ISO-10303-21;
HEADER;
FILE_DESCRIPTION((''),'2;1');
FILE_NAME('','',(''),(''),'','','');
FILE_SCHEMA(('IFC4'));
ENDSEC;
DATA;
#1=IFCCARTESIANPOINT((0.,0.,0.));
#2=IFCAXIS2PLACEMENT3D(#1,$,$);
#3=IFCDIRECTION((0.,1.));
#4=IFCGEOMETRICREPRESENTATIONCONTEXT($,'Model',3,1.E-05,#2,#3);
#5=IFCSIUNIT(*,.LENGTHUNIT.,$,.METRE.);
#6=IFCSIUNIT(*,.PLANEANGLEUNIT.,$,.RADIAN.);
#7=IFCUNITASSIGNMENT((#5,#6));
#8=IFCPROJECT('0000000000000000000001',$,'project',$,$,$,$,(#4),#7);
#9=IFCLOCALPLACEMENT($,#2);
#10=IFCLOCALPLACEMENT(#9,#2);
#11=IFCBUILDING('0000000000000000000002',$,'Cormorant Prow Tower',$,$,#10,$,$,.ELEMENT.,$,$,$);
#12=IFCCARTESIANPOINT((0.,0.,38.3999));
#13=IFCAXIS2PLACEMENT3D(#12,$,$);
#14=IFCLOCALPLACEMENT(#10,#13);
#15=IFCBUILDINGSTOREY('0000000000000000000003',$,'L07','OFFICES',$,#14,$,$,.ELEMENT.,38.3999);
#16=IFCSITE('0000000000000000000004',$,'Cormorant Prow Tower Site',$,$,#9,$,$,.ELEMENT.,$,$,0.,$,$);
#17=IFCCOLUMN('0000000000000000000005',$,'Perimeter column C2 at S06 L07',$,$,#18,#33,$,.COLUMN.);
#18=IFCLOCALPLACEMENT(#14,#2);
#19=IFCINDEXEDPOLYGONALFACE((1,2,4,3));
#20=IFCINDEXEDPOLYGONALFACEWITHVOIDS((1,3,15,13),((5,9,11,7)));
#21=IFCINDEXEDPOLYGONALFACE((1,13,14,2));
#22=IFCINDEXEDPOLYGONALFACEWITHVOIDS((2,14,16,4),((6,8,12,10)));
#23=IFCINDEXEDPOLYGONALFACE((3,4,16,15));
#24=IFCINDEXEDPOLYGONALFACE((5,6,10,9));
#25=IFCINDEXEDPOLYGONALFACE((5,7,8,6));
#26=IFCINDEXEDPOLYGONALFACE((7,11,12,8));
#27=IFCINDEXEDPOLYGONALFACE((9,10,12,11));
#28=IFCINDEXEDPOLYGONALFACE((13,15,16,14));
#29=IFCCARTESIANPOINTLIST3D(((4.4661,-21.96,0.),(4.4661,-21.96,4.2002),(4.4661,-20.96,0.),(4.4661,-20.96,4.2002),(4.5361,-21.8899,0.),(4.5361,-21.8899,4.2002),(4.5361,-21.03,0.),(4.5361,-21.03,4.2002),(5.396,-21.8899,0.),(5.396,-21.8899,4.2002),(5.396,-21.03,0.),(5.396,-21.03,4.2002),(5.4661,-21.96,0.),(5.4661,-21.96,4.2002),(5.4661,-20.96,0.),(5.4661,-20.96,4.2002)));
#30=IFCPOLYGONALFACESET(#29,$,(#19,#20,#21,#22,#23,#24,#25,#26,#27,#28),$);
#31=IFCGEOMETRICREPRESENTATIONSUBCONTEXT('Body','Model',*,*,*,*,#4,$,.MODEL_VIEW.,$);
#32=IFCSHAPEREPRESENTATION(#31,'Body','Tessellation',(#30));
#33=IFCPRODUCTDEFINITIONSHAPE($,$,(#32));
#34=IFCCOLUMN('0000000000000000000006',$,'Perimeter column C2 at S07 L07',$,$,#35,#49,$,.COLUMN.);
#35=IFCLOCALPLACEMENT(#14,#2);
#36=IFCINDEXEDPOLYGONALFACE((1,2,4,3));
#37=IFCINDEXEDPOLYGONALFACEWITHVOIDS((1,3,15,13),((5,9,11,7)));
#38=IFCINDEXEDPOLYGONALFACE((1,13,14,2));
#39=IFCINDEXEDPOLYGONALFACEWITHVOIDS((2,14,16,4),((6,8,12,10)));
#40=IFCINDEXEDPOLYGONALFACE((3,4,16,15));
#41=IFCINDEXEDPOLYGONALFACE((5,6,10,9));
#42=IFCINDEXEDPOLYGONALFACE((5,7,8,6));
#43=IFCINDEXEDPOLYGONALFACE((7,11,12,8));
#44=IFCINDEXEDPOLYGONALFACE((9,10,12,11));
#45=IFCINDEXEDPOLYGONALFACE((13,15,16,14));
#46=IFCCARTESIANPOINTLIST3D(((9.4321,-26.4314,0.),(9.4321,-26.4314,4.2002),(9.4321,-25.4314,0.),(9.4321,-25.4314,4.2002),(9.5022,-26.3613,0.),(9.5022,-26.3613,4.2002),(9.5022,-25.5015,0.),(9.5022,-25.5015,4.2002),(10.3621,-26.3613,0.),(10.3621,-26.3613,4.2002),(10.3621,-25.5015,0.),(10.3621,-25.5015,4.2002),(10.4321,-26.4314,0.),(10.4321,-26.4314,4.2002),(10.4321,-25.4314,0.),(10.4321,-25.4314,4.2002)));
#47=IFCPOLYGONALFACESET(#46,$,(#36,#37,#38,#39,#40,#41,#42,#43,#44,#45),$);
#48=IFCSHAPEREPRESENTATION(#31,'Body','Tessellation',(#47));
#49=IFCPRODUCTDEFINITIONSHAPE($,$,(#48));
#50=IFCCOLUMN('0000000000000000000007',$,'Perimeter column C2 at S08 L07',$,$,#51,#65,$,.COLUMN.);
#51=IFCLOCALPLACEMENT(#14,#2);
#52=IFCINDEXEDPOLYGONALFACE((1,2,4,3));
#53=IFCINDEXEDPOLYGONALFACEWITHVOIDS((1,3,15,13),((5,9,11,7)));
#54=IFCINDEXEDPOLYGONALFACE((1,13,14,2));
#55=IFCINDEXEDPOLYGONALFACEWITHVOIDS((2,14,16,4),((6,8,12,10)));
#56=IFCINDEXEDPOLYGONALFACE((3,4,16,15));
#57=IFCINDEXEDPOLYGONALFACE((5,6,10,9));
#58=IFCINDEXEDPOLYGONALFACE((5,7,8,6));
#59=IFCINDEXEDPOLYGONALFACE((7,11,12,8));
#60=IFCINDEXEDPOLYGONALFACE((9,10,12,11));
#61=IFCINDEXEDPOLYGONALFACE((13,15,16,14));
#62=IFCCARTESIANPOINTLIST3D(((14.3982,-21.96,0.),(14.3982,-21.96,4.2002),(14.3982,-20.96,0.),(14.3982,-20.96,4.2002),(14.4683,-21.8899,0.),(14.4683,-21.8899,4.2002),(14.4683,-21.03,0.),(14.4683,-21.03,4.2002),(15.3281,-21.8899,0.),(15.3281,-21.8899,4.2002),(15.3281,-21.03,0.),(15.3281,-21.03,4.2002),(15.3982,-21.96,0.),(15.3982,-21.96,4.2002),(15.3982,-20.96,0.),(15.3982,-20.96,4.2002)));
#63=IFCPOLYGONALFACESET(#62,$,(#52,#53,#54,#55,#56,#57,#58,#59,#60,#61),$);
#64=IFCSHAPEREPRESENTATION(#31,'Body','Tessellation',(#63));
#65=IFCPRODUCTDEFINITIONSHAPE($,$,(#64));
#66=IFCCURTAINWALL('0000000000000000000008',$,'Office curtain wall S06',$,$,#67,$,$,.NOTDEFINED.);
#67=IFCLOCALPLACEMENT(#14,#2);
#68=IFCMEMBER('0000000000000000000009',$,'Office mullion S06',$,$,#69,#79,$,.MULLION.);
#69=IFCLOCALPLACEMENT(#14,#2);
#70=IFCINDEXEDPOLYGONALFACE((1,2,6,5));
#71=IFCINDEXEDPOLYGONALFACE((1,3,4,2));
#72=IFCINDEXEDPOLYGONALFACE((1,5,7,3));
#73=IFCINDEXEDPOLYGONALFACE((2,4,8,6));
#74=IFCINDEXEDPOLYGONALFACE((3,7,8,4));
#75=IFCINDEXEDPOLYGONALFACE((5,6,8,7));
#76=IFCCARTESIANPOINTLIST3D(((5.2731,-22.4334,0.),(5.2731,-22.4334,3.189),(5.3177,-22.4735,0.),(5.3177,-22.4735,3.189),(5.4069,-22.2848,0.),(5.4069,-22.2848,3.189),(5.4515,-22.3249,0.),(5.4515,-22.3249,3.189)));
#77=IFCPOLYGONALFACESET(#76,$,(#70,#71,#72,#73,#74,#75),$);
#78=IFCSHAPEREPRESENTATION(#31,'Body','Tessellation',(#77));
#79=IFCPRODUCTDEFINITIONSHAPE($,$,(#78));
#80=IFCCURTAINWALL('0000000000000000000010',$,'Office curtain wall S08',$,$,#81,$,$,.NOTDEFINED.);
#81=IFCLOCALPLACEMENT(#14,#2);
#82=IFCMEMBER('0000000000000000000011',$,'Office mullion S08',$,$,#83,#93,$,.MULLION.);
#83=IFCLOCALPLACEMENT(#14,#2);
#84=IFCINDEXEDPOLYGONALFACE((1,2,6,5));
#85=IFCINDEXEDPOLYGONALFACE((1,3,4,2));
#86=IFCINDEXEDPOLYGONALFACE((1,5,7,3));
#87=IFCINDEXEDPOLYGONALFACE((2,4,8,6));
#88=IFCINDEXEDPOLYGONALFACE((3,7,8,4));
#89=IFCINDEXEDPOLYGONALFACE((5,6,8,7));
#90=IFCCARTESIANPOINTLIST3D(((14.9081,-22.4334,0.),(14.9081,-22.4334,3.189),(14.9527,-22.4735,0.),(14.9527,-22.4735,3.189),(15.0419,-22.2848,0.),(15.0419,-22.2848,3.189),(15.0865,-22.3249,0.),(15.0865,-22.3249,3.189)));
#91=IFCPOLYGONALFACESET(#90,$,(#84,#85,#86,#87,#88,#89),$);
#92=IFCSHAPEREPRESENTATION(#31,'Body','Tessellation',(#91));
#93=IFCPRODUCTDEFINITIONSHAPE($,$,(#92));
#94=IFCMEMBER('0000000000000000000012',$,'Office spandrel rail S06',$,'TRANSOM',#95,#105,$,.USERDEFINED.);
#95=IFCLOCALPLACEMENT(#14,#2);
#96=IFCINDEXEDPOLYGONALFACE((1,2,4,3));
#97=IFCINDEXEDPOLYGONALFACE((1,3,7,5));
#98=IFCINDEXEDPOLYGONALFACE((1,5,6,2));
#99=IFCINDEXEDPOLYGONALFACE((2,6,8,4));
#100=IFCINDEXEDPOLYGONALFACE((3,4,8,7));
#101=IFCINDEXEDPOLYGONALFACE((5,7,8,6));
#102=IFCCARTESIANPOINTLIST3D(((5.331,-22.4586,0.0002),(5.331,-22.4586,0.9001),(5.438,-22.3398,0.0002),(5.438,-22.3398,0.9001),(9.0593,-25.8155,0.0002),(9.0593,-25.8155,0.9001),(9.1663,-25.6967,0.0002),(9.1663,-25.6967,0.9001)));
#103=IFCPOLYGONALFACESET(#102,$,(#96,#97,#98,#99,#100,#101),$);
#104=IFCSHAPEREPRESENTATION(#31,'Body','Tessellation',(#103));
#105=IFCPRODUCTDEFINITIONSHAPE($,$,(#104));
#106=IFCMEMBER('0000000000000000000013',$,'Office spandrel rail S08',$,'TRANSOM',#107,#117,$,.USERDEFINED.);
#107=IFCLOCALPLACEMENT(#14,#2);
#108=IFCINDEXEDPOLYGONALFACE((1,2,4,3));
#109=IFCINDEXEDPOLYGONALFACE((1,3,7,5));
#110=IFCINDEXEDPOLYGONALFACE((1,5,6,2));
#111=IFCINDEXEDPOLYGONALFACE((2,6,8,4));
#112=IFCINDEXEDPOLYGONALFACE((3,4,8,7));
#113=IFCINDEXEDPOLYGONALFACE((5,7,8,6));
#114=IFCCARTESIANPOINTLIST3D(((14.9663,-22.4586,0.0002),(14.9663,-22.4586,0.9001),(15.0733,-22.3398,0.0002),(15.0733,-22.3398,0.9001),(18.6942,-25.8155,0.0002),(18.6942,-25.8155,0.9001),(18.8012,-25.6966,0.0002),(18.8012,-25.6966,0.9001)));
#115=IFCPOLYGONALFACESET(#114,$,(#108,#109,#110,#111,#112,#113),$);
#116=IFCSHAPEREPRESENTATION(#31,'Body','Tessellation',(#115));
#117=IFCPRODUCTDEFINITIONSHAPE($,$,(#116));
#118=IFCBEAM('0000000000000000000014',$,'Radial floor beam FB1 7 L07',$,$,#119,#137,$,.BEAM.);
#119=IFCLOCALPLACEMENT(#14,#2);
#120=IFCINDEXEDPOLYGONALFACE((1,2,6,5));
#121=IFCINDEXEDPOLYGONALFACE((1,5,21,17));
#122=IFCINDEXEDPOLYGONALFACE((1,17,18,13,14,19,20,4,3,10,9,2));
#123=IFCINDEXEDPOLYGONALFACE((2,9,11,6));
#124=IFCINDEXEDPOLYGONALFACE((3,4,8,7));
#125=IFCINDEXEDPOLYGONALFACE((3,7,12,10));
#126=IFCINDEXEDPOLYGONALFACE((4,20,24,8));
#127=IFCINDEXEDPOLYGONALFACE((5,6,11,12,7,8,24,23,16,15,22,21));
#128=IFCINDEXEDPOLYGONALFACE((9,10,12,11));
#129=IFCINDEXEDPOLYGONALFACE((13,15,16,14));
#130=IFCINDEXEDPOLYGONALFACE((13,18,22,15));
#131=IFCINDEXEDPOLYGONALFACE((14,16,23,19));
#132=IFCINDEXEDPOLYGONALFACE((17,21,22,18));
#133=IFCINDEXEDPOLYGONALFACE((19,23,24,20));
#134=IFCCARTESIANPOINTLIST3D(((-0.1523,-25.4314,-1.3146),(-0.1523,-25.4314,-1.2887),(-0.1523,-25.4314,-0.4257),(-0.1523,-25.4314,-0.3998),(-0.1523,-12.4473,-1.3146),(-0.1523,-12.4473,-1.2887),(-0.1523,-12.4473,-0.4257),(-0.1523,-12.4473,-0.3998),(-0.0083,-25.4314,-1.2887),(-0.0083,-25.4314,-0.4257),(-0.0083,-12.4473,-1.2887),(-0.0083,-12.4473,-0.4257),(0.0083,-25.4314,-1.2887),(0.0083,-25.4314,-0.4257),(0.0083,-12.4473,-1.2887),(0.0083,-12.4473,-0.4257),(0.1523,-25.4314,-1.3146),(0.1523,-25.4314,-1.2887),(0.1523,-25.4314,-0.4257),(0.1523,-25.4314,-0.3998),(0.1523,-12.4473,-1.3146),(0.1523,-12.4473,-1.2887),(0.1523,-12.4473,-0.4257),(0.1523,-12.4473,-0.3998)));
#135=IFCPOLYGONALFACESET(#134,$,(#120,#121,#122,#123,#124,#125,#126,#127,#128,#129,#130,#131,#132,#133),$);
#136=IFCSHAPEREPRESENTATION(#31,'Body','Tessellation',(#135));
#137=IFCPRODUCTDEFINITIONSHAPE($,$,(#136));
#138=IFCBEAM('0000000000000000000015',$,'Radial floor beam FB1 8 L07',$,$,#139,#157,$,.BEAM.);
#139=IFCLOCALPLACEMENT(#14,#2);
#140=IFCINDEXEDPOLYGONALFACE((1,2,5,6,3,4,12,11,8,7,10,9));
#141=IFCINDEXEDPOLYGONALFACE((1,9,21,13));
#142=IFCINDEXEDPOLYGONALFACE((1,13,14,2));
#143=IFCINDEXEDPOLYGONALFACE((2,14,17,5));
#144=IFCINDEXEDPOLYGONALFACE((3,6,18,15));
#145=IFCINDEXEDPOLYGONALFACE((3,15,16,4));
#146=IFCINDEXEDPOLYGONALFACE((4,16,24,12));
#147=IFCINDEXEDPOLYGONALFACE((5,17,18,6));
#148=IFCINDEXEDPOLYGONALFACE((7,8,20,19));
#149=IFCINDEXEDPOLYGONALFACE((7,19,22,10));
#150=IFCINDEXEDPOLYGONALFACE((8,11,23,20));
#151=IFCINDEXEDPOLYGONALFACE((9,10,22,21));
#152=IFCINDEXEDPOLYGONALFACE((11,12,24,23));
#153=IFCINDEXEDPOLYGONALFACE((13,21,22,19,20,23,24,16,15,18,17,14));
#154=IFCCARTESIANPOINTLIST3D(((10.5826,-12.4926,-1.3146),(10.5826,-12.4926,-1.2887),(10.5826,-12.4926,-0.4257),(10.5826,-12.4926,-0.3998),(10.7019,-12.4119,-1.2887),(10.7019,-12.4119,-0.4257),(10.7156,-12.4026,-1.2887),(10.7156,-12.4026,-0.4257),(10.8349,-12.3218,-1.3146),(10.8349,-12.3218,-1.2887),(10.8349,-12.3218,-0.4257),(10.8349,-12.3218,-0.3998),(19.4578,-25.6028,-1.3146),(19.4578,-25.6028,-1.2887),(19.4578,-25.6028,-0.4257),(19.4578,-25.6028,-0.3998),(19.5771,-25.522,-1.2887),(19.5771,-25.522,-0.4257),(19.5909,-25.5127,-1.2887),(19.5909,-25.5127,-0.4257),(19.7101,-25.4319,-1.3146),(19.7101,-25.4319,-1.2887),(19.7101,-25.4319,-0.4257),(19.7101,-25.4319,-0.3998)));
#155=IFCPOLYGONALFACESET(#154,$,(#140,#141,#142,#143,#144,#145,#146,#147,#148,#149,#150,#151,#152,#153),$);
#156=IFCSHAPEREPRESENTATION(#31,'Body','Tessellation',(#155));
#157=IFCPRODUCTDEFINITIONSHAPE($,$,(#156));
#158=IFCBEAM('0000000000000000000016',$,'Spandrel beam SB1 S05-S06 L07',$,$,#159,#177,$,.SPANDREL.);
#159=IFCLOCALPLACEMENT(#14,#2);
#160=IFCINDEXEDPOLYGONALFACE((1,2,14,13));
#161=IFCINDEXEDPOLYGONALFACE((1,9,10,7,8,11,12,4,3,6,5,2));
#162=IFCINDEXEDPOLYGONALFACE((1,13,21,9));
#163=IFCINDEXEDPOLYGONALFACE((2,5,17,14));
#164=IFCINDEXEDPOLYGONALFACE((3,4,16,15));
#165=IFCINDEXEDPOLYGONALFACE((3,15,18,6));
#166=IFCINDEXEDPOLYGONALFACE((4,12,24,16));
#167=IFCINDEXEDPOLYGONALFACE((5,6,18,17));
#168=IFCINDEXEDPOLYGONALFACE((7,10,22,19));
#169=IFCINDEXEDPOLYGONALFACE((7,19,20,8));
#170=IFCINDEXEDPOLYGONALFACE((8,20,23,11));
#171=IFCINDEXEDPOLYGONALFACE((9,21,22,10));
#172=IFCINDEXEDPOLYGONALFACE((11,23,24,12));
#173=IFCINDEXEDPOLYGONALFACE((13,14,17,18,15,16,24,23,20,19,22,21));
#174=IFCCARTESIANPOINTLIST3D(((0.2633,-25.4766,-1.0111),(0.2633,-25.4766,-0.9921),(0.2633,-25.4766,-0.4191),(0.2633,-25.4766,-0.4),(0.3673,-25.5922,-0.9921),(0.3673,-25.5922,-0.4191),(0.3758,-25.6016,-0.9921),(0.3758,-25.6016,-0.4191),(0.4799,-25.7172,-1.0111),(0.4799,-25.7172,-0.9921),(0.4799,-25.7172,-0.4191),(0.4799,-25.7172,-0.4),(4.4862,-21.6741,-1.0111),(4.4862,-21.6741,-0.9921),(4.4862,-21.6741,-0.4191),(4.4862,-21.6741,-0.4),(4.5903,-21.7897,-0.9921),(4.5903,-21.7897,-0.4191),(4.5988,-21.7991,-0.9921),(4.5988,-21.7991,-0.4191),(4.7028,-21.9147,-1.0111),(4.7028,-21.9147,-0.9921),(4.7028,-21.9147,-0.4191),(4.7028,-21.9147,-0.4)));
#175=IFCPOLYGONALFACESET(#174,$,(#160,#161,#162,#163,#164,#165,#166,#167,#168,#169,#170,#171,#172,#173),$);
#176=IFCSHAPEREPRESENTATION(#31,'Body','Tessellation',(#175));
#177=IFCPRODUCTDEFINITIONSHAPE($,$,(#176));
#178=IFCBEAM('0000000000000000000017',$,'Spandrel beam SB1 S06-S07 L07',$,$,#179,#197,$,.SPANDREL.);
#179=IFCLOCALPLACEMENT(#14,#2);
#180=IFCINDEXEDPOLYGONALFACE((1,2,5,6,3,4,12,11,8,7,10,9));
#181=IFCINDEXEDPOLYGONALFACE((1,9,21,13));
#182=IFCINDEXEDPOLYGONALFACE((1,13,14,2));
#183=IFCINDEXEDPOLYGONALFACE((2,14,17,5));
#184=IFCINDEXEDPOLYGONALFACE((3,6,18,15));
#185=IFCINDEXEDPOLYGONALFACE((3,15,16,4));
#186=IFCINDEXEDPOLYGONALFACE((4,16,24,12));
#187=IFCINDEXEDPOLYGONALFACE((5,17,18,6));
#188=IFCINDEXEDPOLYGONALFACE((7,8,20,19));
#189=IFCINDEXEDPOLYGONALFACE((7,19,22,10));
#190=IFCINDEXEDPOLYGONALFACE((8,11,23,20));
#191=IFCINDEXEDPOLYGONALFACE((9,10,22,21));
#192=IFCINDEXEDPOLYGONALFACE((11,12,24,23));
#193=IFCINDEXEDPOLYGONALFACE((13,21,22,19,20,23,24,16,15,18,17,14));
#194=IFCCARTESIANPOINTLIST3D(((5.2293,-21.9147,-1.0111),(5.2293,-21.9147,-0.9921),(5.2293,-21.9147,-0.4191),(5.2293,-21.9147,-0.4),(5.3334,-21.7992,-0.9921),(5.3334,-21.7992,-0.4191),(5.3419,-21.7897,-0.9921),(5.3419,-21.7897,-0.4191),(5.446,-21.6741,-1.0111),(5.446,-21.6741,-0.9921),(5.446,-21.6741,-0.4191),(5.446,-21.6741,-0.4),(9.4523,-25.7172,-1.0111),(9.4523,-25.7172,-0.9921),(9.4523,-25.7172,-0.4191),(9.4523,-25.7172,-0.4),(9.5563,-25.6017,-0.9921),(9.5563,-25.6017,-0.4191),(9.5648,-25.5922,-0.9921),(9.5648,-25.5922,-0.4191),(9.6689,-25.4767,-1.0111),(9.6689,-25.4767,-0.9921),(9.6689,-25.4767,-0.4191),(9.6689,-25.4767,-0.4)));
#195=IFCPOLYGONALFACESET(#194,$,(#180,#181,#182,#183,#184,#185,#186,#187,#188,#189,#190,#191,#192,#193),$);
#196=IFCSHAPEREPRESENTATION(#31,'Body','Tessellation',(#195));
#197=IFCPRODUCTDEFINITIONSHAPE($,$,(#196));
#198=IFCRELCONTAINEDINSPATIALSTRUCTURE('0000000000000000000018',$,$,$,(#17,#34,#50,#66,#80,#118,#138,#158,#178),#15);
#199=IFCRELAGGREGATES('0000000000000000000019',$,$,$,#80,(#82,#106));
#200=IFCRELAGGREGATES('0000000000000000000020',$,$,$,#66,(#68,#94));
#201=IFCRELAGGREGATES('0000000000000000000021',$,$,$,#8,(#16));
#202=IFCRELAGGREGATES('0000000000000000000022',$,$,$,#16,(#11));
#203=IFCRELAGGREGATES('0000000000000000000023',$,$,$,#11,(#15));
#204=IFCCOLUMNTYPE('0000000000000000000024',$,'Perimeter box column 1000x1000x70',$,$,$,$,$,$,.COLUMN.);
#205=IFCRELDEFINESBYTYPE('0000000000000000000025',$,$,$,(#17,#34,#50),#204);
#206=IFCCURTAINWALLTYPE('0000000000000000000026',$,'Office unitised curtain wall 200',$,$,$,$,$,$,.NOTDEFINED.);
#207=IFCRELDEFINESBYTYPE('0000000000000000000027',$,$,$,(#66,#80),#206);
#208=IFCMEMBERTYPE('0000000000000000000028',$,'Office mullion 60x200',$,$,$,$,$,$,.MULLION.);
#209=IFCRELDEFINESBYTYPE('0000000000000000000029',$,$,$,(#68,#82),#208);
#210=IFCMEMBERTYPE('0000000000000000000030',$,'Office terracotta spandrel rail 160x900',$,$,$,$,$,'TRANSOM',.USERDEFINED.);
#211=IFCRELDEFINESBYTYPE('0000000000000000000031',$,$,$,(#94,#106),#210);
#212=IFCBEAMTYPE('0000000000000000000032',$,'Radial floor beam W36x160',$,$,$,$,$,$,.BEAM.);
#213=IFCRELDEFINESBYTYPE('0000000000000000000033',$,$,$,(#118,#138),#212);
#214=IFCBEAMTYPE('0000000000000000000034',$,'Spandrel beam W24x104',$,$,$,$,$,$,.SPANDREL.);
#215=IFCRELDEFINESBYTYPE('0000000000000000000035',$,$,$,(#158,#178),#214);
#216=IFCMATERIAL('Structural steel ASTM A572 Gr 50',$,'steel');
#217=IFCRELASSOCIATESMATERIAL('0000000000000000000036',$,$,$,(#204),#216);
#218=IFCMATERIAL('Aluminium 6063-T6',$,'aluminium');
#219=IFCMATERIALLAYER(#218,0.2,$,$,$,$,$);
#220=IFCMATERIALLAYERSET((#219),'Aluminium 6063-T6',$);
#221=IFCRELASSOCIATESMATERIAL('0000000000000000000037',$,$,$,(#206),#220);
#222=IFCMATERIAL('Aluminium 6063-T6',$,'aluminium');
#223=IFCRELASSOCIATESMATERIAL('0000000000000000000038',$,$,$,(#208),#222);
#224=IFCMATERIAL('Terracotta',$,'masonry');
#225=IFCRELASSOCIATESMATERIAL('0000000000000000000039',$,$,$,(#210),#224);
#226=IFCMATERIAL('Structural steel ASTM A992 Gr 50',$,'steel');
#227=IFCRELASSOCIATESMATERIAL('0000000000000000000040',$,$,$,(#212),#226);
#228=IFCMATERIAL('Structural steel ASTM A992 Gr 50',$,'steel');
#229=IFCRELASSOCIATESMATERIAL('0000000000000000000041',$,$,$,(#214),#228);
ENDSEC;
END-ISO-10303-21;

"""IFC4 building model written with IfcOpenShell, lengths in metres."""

from ifc_helpers import new_model, si_unit, direction, frame, origin, origin_2d, place, context, subcontext, project, spatial, rectangle, hollow_rectangle, i_section, extrude, material, layer, layer_set, material_profile, profile_set, type_object, element, aggregate, save


model = new_model("IFC4")

# Units and contexts
model_context = context("Model", 3, precision=1e-05, world=origin(), true_north=direction((0.0, 1.0)))
body_context = subcontext(model_context, "Body", "Model", "MODEL_VIEW")
ifc_project = project(units=[si_unit("LENGTHUNIT", "METRE"), si_unit("PLANEANGLEUNIT", "RADIAN")], contexts=[model_context])

# Site, building, storey
site_placement = place(None, origin())
site = spatial("IfcSite", under=ifc_project, at=site_placement, Name="Cormorant Prow Tower Site", CompositionType="ELEMENT", RefElevation=0.0)
building_placement = place(site_placement, origin())
building = spatial("IfcBuilding", under=site, at=building_placement, Name="Cormorant Prow Tower", CompositionType="ELEMENT")
storey_placement = place(building_placement, frame((0.0, 0.0, 38.3999)))
storey = spatial("IfcBuildingStorey", under=building, at=storey_placement, Name="L07", Description="OFFICES", CompositionType="ELEMENT", Elevation=38.3999)

# Columns
ifc_material_1 = material(Name="Structural steel ASTM A572 Gr 50", Category="steel")
ifc_material_profile_1 = material_profile(ifc_material_1, hollow_rectangle(XDim=1.0, YDim=1.0, WallThickness=0.0701, at=origin_2d()), Name="Box 1000x1000x70")
ifc_profile_set_1 = profile_set([ifc_material_profile_1], Name="Structural steel ASTM A572 Gr 50")
column_type = type_object("IfcColumnType", Name="Perimeter box column 1000x1000x70", PredefinedType="COLUMN", material=ifc_profile_set_1)
for number, where, z_axis, x_axis, name in (
    (1, (4.9661, -21.46, 0.0), (0.0, 0.0, 1.0), (1.0, 0.0, 0.0), "Perimeter column C2 at S06 L07"),
    (2, (9.9321, -25.9314, 0.0), (0.0, 0.0, 1.0), (1.0, 0.0, 0.0), "Perimeter column C2 at S07 L07"),
    (3, (14.8982, -21.46, 0.0), (0.0, 0.0, 1.0), (1.0, 0.0, 0.0), "Perimeter column C2 at S08 L07"),
):
    element("IfcColumn", number, at=place(storey_placement, frame(where, z_axis=z_axis, x_axis=x_axis)), inside=storey, type_object=column_type, Name=name, PredefinedType="COLUMN", context=body_context, shape_type="SweptSolid", body=[
        extrude(hollow_rectangle(XDim=1.0, YDim=1.0, WallThickness=0.0701, at=origin_2d()), origin(), (0.0, 0.0, 1.0), 4.2002),
    ])

# Curtain walls, members
ifc_material_2 = material(Name="Aluminium 6063-T6", Category="aluminium")
ifc_layer_1 = layer(ifc_material_2, 0.2)
ifc_layer_set_1 = layer_set([ifc_layer_1], Name="Aluminium 6063-T6")
curtain_wall_type = type_object("IfcCurtainWallType", Name="Office unitised curtain wall 200", PredefinedType="NOTDEFINED", material=ifc_layer_set_1)
curtain_wall_1_placement = place(storey_placement, origin())
curtain_wall_1 = element("IfcCurtainWall", 4, at=curtain_wall_1_placement, inside=storey, type_object=curtain_wall_type, Name="Office curtain wall S06", PredefinedType="NOTDEFINED")
ifc_material_3 = material(Name="Aluminium 6063-T6", Category="aluminium")
ifc_material_profile_2 = material_profile(ifc_material_3, rectangle(XDim=0.2, YDim=0.0601, at=origin_2d()), Name="Office mullion 60x200")
ifc_profile_set_2 = profile_set([ifc_material_profile_2], Name="Aluminium 6063-T6")
member_type_1 = type_object("IfcMemberType", Name="Office mullion 60x200", PredefinedType="MULLION", material=ifc_profile_set_2)
member_1_placement = place(storey_placement, frame((5.3623, -22.3792, 0.0), z_axis=(0.0, 0.0, 1.0), x_axis=(0.669131, 0.743145, 0.0)))
member_1 = element("IfcMember", 5, at=member_1_placement, type_object=member_type_1, Name="Office mullion S06", PredefinedType="MULLION", context=body_context, shape_type="SweptSolid", body=[
    extrude(rectangle(XDim=0.2, YDim=0.0601, at=origin_2d()), origin(), (0.0, 0.0, 1.0), 3.189),
])
curtain_wall_2_placement = place(storey_placement, origin())
curtain_wall_2 = element("IfcCurtainWall", 6, at=curtain_wall_2_placement, inside=storey, type_object=curtain_wall_type, Name="Office curtain wall S08", PredefinedType="NOTDEFINED")
member_2_placement = place(storey_placement, frame((14.9973, -22.3792, 0.0), z_axis=(0.0, 0.0, 1.0), x_axis=(0.669131, 0.743145, 0.0)))
member_2 = element("IfcMember", 7, at=member_2_placement, type_object=member_type_1, Name="Office mullion S08", PredefinedType="MULLION", context=body_context, shape_type="SweptSolid", body=[
    extrude(rectangle(XDim=0.2, YDim=0.0601, at=origin_2d()), origin(), (0.0, 0.0, 1.0), 3.189),
])

# Members
ifc_material_4 = material(Name="Terracotta", Category="masonry")
ifc_material_profile_3 = material_profile(ifc_material_4, rectangle(XDim=0.1599, YDim=0.8999, at=origin_2d()), Name="Office terracotta spandrel rail 160x900")
ifc_profile_set_3 = profile_set([ifc_material_profile_3], Name="Terracotta")
member_type_2 = type_object("IfcMemberType", Name="Office terracotta spandrel rail 160x900", ElementType="TRANSOM", PredefinedType="USERDEFINED", material=ifc_profile_set_3)
member_3_placement = place(storey_placement, frame((5.3845, -22.3992, 0.4502), z_axis=(0.743147, -0.669129, 0.0), x_axis=(0.669129, 0.743147, 0.0)))
member_3 = element("IfcMember", 8, at=member_3_placement, type_object=member_type_2, Name="Office spandrel rail S06", ObjectType="TRANSOM", PredefinedType="USERDEFINED", context=body_context, shape_type="SweptSolid", body=[
    extrude(rectangle(XDim=0.1599, YDim=0.8999, at=origin_2d()), origin(), (0.0, 0.0, 1.0), 5.0168),
])
member_4_placement = place(storey_placement, frame((15.0198, -22.3992, 0.4502), z_axis=(0.743125, -0.669153, 0.0), x_axis=(0.669153, 0.743125, 0.0)))
member_4 = element("IfcMember", 9, at=member_4_placement, type_object=member_type_2, Name="Office spandrel rail S08", ObjectType="TRANSOM", PredefinedType="USERDEFINED", context=body_context, shape_type="SweptSolid", body=[
    extrude(rectangle(XDim=0.1599, YDim=0.8999, at=origin_2d()), origin(), (0.0, 0.0, 1.0), 5.0166),
])
aggregate(curtain_wall_2, [member_2, member_4])

# Beams
ifc_material_5 = material(Name="Structural steel ASTM A992 Gr 50", Category="steel")
ifc_material_profile_4 = material_profile(ifc_material_5, i_section(OverallWidth=0.3047, OverallDepth=0.9148, WebThickness=0.0166, FlangeThickness=0.0259, at=origin_2d()), Name="W36x160")
ifc_profile_set_4 = profile_set([ifc_material_profile_4], Name="Structural steel ASTM A992 Gr 50")
beam_type_1 = type_object("IfcBeamType", Name="Radial floor beam W36x160", PredefinedType="BEAM", material=ifc_profile_set_4)
beam_1_placement = place(storey_placement, frame((0.0, -12.4473, -0.8572), z_axis=(0.0, -1.0, 0.0), x_axis=(1.0, 0.0, 0.0)))
element("IfcBeam", 10, at=beam_1_placement, inside=storey, type_object=beam_type_1, Name="Radial floor beam FB1 7 L07", PredefinedType="BEAM", context=body_context, shape_type="SweptSolid", body=[
    extrude(i_section(OverallWidth=0.3047, OverallDepth=0.9148, WebThickness=0.0166, FlangeThickness=0.0259, at=origin_2d()), origin(), (0.0, 0.0, 1.0), 12.9841),
])
beam_2_placement = place(storey_placement, frame((10.7087, -12.4072, -0.8572), z_axis=(0.560597, -0.828089, 0.0), x_axis=(0.828089, 0.560597, 0.0)))
element("IfcBeam", 11, at=beam_2_placement, inside=storey, type_object=beam_type_1, Name="Radial floor beam FB1 8 L07", PredefinedType="BEAM", context=body_context, shape_type="SweptSolid", body=[
    extrude(i_section(OverallWidth=0.3047, OverallDepth=0.9148, WebThickness=0.0166, FlangeThickness=0.0259, at=origin_2d()), origin(), (0.0, 0.0, 1.0), 15.8318),
])
ifc_material_6 = material(Name="Structural steel ASTM A992 Gr 50", Category="steel")
ifc_material_profile_5 = material_profile(ifc_material_6, i_section(OverallWidth=0.3237, OverallDepth=0.6111, WebThickness=0.0127, FlangeThickness=0.019, at=origin_2d()), Name="W24x104")
ifc_profile_set_5 = profile_set([ifc_material_profile_5], Name="Structural steel ASTM A992 Gr 50")
beam_type_2 = type_object("IfcBeamType", Name="Spandrel beam W24x104", PredefinedType="SPANDREL", material=ifc_profile_set_5)
for number, where, z_axis, x_axis, name in (
    (12, (0.3716, -25.5969, -0.7056), (0.74313, 0.669147, 0.0), (-0.669147, 0.74313, 0.0), "Spandrel beam SB1 S05-S06 L07"),
    (13, (5.3376, -21.7944, -0.7056), (0.74313, -0.669147, 0.0), (0.669147, 0.74313, 0.0), "Spandrel beam SB1 S06-S07 L07"),
):
    element("IfcBeam", number, at=place(storey_placement, frame(where, z_axis=z_axis, x_axis=x_axis)), inside=storey, type_object=beam_type_2, Name=name, PredefinedType="SPANDREL", context=body_context, shape_type="SweptSolid", body=[
        extrude(i_section(OverallWidth=0.3237, OverallDepth=0.6111, WebThickness=0.0127, FlangeThickness=0.019, at=origin_2d()), origin(), (0.0, 0.0, 1.0), 5.6826),
    ])

aggregate(curtain_wall_1, [member_1, member_3])

save(model, "model.ifc")
